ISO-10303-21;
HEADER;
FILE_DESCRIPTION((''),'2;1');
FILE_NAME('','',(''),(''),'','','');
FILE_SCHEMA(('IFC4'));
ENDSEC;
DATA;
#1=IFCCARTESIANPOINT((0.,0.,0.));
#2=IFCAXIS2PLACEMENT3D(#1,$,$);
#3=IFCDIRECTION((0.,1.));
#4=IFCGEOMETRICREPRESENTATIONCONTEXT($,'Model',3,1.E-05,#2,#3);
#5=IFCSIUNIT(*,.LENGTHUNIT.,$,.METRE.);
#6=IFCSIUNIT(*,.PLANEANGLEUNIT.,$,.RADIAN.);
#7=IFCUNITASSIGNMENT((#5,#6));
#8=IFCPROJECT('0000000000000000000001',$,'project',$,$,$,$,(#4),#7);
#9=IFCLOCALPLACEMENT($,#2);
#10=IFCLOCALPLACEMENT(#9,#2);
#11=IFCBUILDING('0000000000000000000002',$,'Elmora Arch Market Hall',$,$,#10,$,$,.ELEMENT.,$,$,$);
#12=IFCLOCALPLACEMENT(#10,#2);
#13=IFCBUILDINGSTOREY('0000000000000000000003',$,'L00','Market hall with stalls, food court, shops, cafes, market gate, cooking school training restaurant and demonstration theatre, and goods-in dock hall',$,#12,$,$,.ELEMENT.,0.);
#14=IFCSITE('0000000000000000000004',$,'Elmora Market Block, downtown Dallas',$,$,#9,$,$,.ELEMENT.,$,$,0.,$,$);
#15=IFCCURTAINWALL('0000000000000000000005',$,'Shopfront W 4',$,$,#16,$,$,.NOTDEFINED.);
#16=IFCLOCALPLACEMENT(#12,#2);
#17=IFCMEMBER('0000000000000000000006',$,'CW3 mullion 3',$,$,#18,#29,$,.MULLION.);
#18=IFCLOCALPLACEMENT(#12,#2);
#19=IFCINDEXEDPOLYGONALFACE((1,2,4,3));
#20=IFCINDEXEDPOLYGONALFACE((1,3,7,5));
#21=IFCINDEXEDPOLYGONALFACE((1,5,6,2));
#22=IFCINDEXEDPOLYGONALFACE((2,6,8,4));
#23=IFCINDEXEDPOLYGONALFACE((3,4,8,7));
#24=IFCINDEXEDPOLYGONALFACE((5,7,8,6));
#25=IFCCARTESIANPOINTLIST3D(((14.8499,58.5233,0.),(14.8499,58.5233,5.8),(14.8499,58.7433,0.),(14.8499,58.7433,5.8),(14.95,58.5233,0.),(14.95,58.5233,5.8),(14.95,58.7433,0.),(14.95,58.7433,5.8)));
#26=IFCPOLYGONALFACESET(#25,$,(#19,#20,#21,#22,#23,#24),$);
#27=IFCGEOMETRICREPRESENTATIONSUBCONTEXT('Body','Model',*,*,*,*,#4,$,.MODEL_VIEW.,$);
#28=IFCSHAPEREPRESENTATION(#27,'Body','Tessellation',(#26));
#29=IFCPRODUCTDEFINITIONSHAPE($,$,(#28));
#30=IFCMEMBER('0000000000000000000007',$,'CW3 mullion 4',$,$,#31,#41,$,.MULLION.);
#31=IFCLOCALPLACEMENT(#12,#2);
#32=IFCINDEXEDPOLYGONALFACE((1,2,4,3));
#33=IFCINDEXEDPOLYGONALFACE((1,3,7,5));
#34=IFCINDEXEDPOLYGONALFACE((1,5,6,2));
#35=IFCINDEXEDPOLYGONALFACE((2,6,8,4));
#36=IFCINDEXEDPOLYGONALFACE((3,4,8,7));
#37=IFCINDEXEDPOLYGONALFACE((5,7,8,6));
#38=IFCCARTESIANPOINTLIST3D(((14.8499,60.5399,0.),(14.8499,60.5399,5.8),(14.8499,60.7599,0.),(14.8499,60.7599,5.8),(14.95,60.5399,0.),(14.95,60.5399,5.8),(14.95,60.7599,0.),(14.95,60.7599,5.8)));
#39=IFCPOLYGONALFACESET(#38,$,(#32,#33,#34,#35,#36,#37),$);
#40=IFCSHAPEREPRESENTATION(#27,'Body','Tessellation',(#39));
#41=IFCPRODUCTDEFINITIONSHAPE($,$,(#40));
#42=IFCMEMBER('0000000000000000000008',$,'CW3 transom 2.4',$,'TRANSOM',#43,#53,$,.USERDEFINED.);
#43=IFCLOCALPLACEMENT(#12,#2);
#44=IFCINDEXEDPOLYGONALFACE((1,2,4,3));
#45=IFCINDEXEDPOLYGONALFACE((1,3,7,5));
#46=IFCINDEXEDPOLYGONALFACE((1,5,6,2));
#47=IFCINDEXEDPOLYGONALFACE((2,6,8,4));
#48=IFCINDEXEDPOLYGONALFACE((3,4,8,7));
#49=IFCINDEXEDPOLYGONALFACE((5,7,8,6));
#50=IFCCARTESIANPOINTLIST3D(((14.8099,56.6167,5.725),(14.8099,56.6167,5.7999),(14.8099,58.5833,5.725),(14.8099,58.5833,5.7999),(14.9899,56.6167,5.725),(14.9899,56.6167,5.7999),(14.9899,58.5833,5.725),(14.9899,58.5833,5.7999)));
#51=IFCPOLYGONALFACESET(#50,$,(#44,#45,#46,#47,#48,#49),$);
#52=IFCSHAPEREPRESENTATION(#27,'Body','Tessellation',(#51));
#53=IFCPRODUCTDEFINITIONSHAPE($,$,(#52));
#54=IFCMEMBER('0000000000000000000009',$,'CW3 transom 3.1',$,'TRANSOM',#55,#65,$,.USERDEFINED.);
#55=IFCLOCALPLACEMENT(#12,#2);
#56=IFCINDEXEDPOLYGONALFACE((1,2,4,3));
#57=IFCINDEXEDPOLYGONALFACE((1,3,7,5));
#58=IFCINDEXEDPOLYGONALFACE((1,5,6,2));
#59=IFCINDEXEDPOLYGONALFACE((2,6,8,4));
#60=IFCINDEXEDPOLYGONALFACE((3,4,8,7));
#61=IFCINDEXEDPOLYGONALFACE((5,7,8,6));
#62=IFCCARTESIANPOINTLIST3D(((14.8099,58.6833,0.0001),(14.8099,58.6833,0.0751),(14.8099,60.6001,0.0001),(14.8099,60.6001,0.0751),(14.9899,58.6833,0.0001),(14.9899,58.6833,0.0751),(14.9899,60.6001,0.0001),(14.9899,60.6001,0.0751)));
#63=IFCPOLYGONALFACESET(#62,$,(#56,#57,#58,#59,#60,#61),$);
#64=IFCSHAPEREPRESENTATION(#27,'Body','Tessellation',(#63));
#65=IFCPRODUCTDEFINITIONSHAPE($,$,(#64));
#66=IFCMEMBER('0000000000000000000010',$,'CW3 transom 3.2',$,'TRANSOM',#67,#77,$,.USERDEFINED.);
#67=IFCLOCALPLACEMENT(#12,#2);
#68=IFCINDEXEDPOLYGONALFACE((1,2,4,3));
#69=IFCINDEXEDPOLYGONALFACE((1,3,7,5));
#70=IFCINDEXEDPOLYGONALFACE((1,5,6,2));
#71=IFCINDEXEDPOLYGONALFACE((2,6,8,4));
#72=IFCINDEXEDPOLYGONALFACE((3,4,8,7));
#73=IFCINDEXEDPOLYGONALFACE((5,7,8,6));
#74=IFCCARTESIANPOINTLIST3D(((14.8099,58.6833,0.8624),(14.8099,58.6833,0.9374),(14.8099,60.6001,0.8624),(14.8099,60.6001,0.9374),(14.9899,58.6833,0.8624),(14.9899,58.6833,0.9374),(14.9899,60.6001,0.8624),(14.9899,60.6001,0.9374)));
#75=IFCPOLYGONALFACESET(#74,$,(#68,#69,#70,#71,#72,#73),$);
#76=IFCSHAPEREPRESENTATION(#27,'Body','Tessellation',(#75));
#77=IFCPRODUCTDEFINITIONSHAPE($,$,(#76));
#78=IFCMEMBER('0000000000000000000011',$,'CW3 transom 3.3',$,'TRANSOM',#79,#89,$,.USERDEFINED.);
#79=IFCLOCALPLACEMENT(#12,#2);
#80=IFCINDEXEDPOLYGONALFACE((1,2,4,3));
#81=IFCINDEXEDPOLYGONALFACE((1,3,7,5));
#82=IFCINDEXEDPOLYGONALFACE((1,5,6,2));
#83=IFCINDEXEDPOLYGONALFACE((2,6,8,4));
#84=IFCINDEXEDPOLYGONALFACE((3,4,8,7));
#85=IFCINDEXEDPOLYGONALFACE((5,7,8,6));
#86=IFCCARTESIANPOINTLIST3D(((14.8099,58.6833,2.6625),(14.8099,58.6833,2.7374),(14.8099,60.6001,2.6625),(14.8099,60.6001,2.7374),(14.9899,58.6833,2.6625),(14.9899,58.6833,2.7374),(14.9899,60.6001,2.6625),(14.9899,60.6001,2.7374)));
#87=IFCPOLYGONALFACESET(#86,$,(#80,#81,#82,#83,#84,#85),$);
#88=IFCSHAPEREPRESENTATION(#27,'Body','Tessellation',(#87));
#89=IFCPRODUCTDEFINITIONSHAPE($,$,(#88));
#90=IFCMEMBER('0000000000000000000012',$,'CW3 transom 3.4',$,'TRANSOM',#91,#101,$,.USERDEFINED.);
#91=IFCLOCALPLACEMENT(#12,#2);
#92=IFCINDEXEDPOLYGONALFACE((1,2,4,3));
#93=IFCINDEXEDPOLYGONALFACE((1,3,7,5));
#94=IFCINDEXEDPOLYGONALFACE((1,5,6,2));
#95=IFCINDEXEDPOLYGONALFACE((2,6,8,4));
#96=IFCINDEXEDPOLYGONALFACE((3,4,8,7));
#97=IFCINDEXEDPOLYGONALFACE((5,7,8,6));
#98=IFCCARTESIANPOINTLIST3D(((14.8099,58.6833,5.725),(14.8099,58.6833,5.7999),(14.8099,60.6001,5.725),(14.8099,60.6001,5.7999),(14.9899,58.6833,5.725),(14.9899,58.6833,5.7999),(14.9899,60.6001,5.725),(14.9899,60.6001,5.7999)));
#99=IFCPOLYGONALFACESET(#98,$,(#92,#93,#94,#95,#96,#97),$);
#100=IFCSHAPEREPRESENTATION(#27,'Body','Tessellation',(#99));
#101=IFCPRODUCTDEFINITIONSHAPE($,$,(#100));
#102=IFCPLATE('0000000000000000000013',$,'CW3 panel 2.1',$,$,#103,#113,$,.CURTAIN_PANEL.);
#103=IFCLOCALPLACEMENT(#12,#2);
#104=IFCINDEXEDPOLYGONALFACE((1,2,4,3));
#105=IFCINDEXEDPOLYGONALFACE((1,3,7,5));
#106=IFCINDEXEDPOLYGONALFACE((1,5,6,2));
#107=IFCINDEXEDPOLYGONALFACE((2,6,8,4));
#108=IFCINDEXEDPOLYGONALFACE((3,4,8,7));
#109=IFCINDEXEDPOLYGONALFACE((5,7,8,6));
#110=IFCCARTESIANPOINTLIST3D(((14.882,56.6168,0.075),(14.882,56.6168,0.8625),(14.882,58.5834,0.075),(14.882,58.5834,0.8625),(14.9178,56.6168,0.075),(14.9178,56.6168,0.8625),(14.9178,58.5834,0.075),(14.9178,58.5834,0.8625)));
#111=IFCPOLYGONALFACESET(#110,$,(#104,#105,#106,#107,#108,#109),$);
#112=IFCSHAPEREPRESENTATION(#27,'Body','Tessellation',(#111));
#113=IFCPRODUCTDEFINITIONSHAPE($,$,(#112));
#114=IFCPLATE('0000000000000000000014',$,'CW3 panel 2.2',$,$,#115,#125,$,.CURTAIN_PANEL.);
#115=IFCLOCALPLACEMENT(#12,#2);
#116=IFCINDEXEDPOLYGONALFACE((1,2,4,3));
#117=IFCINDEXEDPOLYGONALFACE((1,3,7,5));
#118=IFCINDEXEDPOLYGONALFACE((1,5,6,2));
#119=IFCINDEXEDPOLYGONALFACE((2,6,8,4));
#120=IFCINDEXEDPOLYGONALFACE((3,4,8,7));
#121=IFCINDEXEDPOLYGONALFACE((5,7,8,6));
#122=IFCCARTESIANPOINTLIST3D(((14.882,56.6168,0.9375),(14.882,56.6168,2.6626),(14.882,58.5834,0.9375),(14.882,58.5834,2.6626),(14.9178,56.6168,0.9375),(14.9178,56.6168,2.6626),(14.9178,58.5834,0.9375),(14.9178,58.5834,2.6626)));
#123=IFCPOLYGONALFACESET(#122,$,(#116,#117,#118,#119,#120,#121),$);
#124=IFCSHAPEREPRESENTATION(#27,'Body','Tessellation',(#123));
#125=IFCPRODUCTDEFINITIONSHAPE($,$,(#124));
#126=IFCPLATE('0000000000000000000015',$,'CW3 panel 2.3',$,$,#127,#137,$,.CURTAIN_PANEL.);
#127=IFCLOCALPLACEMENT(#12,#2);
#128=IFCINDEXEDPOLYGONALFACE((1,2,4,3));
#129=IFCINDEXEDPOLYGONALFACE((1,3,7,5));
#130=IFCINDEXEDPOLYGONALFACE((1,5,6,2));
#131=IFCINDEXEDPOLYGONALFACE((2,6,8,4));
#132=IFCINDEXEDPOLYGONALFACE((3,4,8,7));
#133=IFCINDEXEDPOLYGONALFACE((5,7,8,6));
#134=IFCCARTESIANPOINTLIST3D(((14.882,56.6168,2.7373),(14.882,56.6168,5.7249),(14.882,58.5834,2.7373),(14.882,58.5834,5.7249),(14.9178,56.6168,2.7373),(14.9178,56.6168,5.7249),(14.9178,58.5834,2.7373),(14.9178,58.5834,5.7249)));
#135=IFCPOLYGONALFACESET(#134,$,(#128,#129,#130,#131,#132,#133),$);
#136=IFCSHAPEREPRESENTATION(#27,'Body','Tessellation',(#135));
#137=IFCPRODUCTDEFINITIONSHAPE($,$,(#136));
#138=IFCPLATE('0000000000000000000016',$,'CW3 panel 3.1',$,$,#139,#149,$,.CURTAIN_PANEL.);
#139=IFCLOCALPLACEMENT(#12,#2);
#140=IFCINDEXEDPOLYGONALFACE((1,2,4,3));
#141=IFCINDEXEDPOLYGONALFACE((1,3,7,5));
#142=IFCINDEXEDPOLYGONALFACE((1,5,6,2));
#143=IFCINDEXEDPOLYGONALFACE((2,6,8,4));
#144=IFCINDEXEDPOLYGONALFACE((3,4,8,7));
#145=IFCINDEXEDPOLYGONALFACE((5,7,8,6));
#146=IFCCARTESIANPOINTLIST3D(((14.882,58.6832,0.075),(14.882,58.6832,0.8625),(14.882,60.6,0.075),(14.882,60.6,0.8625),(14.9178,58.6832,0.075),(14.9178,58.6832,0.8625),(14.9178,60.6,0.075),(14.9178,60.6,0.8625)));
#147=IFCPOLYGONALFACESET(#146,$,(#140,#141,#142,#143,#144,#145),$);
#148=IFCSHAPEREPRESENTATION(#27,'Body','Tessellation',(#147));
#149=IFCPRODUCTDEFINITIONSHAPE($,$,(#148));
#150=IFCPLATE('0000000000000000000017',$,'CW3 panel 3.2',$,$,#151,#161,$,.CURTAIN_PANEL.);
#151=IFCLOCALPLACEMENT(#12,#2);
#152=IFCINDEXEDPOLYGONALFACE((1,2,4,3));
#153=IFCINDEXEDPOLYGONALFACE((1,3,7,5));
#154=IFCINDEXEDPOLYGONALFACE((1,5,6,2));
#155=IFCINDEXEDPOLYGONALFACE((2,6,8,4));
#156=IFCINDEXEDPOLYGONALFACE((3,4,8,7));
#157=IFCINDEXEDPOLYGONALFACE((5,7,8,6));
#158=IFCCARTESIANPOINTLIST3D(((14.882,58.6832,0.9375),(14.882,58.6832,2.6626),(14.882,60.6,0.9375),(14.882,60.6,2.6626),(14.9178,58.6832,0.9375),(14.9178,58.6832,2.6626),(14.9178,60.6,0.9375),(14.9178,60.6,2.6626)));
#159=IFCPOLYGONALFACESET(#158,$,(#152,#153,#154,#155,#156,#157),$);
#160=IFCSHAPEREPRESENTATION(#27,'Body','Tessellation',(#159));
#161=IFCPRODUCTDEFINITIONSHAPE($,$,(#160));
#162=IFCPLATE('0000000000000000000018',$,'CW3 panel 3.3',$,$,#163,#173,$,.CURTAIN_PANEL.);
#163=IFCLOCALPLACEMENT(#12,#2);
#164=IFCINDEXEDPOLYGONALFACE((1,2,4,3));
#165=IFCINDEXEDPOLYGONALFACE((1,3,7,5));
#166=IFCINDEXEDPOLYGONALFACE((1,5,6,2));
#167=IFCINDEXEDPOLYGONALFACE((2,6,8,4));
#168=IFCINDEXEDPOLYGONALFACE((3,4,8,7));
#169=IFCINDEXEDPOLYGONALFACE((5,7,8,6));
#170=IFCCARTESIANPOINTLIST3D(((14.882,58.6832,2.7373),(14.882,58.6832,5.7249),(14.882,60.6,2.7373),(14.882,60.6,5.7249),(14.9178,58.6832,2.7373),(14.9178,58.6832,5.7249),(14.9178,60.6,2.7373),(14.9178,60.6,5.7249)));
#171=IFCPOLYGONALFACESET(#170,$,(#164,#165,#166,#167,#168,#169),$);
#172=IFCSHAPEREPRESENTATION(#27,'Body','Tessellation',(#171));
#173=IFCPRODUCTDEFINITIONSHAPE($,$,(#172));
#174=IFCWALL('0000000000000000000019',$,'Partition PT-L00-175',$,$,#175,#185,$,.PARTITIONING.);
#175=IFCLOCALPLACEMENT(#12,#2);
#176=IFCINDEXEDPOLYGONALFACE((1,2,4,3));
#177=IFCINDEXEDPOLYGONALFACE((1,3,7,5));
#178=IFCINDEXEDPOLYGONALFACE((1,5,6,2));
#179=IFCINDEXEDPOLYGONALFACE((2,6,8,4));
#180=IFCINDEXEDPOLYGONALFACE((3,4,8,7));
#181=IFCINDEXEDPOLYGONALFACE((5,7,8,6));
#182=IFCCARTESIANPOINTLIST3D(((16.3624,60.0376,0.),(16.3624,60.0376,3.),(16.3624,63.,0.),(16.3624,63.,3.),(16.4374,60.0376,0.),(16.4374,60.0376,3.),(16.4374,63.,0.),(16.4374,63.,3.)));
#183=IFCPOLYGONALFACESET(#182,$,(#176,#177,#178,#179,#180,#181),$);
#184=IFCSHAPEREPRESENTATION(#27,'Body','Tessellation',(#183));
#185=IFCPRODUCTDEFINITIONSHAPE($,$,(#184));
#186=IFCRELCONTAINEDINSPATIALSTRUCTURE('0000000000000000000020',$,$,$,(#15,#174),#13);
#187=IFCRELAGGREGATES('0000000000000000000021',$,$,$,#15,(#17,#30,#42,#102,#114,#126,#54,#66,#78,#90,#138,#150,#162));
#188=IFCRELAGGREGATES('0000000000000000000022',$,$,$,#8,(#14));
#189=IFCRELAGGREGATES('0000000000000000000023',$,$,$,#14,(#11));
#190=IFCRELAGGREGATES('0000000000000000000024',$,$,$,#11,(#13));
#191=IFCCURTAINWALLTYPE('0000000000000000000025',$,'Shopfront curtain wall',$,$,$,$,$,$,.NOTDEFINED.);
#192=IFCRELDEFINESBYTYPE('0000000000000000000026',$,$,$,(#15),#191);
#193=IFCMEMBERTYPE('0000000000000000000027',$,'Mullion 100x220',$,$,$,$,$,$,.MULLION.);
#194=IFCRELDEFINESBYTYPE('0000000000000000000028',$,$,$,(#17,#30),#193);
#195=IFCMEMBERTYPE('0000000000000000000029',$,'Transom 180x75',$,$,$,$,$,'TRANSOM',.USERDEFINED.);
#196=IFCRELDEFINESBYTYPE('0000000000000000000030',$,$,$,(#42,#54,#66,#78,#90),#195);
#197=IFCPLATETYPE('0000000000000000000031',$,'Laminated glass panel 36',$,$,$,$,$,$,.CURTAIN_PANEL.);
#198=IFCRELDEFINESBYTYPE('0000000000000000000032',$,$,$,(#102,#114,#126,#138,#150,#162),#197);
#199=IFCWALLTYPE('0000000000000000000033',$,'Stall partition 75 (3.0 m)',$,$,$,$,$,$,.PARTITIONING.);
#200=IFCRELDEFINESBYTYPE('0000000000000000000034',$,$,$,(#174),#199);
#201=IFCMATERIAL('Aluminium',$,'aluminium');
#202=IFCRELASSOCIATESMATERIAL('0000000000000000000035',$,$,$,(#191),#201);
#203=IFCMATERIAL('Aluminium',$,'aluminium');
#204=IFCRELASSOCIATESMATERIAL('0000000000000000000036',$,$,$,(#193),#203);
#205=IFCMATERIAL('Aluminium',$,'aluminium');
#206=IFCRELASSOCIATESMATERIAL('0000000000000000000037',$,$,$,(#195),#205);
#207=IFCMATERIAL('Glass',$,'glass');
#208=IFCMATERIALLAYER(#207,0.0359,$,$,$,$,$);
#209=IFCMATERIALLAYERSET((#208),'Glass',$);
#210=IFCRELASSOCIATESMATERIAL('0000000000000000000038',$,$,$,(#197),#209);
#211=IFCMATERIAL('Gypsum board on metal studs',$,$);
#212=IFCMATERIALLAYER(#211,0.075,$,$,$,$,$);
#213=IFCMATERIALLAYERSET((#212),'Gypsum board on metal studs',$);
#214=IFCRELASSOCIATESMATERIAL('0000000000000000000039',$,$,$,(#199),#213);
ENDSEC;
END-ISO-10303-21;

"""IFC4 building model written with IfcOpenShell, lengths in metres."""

from ifc_helpers import new_model, si_unit, direction, frame, frame_2d, origin, origin_2d, place, context, subcontext, project, spatial, rectangle, extrude, material, layer, layer_set, material_profile, profile_set, type_object, element, aggregate, save


model = new_model("IFC4")

# Units and contexts
model_context = context("Model", 3, precision=1e-05, world=origin(), true_north=direction((0.0, 1.0)))
body_context = subcontext(model_context, "Body", "Model", "MODEL_VIEW")
ifc_project = project(units=[si_unit("LENGTHUNIT", "METRE"), si_unit("PLANEANGLEUNIT", "RADIAN")], contexts=[model_context])

# Site, building, storey
site_placement = place(None, origin())
site = spatial("IfcSite", under=ifc_project, at=site_placement, Name="Elmora Market Block, downtown Dallas", CompositionType="ELEMENT", RefElevation=0.0)
building_placement = place(site_placement, origin())
building = spatial("IfcBuilding", under=site, at=building_placement, Name="Elmora Arch Market Hall", CompositionType="ELEMENT")
storey_placement = place(building_placement, origin())
storey = spatial("IfcBuildingStorey", under=building, at=storey_placement, Name="L00", Description="Market hall with stalls, food court, shops, cafes, market gate, cooking school training restaurant and demonstration theatre, and goods-in dock hall", CompositionType="ELEMENT", Elevation=0.0)

# Curtain wall, members, plates
ifc_material_1 = material(Name="Aluminium", Category="aluminium")
curtain_wall_type = type_object("IfcCurtainWallType", Name="Shopfront curtain wall", PredefinedType="NOTDEFINED", material=ifc_material_1)
curtain_wall_placement = place(storey_placement, origin())
curtain_wall = element("IfcCurtainWall", 1, at=curtain_wall_placement, inside=storey, type_object=curtain_wall_type, Name="Shopfront W 4", PredefinedType="NOTDEFINED")
ifc_material_2 = material(Name="Aluminium", Category="aluminium")
ifc_material_profile_1 = material_profile(ifc_material_2, rectangle(XDim=0.1001, YDim=0.22, at=origin_2d()), Name="AL 100x220")
ifc_profile_set_1 = profile_set([ifc_material_profile_1], Name="Aluminium")
member_type_1 = type_object("IfcMemberType", Name="Mullion 100x220", PredefinedType="MULLION", material=ifc_profile_set_1)
member_1_placement = place(storey_placement, frame((14.8999, 58.6333, 0.0), z_axis=(0.0, 0.0, 1.0), x_axis=(-1.0, 0.0, 0.0)))
member_1 = element("IfcMember", 2, at=member_1_placement, type_object=member_type_1, Name="CW3 mullion 3", PredefinedType="MULLION", context=body_context, shape_type="SweptSolid", body=[
    extrude(rectangle(XDim=0.1001, YDim=0.22, at=origin_2d()), origin(), (0.0, 0.0, 1.0), 5.8),
])
member_2_placement = place(storey_placement, frame((14.8999, 60.6499, 0.0), z_axis=(0.0, 0.0, 1.0), x_axis=(-1.0, 0.0, 0.0)))
member_2 = element("IfcMember", 3, at=member_2_placement, type_object=member_type_1, Name="CW3 mullion 4", PredefinedType="MULLION", context=body_context, shape_type="SweptSolid", body=[
    extrude(rectangle(XDim=0.1001, YDim=0.22, at=origin_2d()), origin(), (0.0, 0.0, 1.0), 5.8),
])
ifc_material_3 = material(Name="Aluminium", Category="aluminium")
ifc_material_profile_2 = material_profile(ifc_material_3, rectangle(XDim=0.1799, YDim=0.075, at=origin_2d()), Name="AL 180x75")
ifc_profile_set_2 = profile_set([ifc_material_profile_2], Name="Aluminium")
member_type_2 = type_object("IfcMemberType", Name="Transom 180x75", ElementType="TRANSOM", PredefinedType="USERDEFINED", material=ifc_profile_set_2)
member_3_placement = place(storey_placement, frame((14.8999, 56.6167, 5.7625), z_axis=(0.0, 1.0, 0.0), x_axis=(-1.0, 0.0, 0.0)))
member_3 = element("IfcMember", 4, at=member_3_placement, type_object=member_type_2, Name="CW3 transom 2.4", ObjectType="TRANSOM", PredefinedType="USERDEFINED", context=body_context, shape_type="SweptSolid", body=[
    extrude(rectangle(XDim=0.1799, YDim=0.075, at=origin_2d()), origin(), (0.0, 0.0, 1.0), 1.9666),
])
member_4_placement = place(storey_placement, frame((14.8999, 58.6833, 0.0376), z_axis=(0.0, 1.0, 0.0), x_axis=(-1.0, 0.0, 0.0)))
member_4 = element("IfcMember", 5, at=member_4_placement, type_object=member_type_2, Name="CW3 transom 3.1", ObjectType="TRANSOM", PredefinedType="USERDEFINED", context=body_context, shape_type="SweptSolid", body=[
    extrude(rectangle(XDim=0.1799, YDim=0.075, at=origin_2d()), origin(), (0.0, 0.0, 1.0), 1.9167),
])
member_5_placement = place(storey_placement, frame((14.8999, 58.6833, 0.8999), z_axis=(0.0, 1.0, 0.0), x_axis=(-1.0, 0.0, 0.0)))
member_5 = element("IfcMember", 6, at=member_5_placement, type_object=member_type_2, Name="CW3 transom 3.2", ObjectType="TRANSOM", PredefinedType="USERDEFINED", context=body_context, shape_type="SweptSolid", body=[
    extrude(rectangle(XDim=0.1799, YDim=0.075, at=origin_2d()), origin(), (0.0, 0.0, 1.0), 1.9167),
])
member_6_placement = place(storey_placement, frame((14.8999, 58.6833, 2.7), z_axis=(0.0, 1.0, 0.0), x_axis=(-1.0, 0.0, 0.0)))
member_6 = element("IfcMember", 7, at=member_6_placement, type_object=member_type_2, Name="CW3 transom 3.3", ObjectType="TRANSOM", PredefinedType="USERDEFINED", context=body_context, shape_type="SweptSolid", body=[
    extrude(rectangle(XDim=0.1799, YDim=0.075, at=origin_2d()), origin(), (0.0, 0.0, 1.0), 1.9167),
])
member_7_placement = place(storey_placement, frame((14.8999, 58.6833, 5.7625), z_axis=(0.0, 1.0, 0.0), x_axis=(-1.0, 0.0, 0.0)))
member_7 = element("IfcMember", 8, at=member_7_placement, type_object=member_type_2, Name="CW3 transom 3.4", ObjectType="TRANSOM", PredefinedType="USERDEFINED", context=body_context, shape_type="SweptSolid", body=[
    extrude(rectangle(XDim=0.1799, YDim=0.075, at=origin_2d()), origin(), (0.0, 0.0, 1.0), 1.9167),
])
ifc_material_4 = material(Name="Glass", Category="glass")
ifc_layer_1 = layer(ifc_material_4, 0.0359)
ifc_layer_set_1 = layer_set([ifc_layer_1], Name="Glass")
plate_type = type_object("IfcPlateType", Name="Laminated glass panel 36", PredefinedType="CURTAIN_PANEL", material=ifc_layer_set_1)
plate_1_placement = place(storey_placement, frame((14.8999, 57.6001, 0.075), z_axis=(0.0, 0.0, 1.0), x_axis=(0.0, 1.0, 0.0)))
plate_1 = element("IfcPlate", 9, at=plate_1_placement, type_object=plate_type, Name="CW3 panel 2.1", PredefinedType="CURTAIN_PANEL", context=body_context, shape_type="SweptSolid", body=[
    extrude(rectangle(XDim=1.9666, YDim=0.0359, at=origin_2d()), origin(), (0.0, 0.0, 1.0), 0.7876),
])
plate_2_placement = place(storey_placement, frame((14.8999, 57.6001, 0.9375), z_axis=(0.0, 0.0, 1.0), x_axis=(0.0, 1.0, 0.0)))
plate_2 = element("IfcPlate", 10, at=plate_2_placement, type_object=plate_type, Name="CW3 panel 2.2", PredefinedType="CURTAIN_PANEL", context=body_context, shape_type="SweptSolid", body=[
    extrude(rectangle(XDim=1.9666, YDim=0.0359, at=origin_2d()), origin(), (0.0, 0.0, 1.0), 1.7251),
])
plate_3_placement = place(storey_placement, frame((14.8999, 57.6001, 2.7373), z_axis=(0.0, 0.0, 1.0), x_axis=(0.0, 1.0, 0.0)))
plate_3 = element("IfcPlate", 11, at=plate_3_placement, type_object=plate_type, Name="CW3 panel 2.3", PredefinedType="CURTAIN_PANEL", context=body_context, shape_type="SweptSolid", body=[
    extrude(rectangle(XDim=1.9666, YDim=0.0359, at=origin_2d()), origin(), (0.0, 0.0, 1.0), 2.9875),
])
plate_4_placement = place(storey_placement, frame((14.8999, 59.6416, 0.075), z_axis=(0.0, 0.0, 1.0), x_axis=(0.0, 1.0, 0.0)))
plate_4 = element("IfcPlate", 12, at=plate_4_placement, type_object=plate_type, Name="CW3 panel 3.1", PredefinedType="CURTAIN_PANEL", context=body_context, shape_type="SweptSolid", body=[
    extrude(rectangle(XDim=1.9167, YDim=0.0359, at=origin_2d()), origin(), (0.0, 0.0, 1.0), 0.7876),
])
plate_5_placement = place(storey_placement, frame((14.8999, 59.6416, 0.9375), z_axis=(0.0, 0.0, 1.0), x_axis=(0.0, 1.0, 0.0)))
plate_5 = element("IfcPlate", 13, at=plate_5_placement, type_object=plate_type, Name="CW3 panel 3.2", PredefinedType="CURTAIN_PANEL", context=body_context, shape_type="SweptSolid", body=[
    extrude(rectangle(XDim=1.9167, YDim=0.0359, at=origin_2d()), origin(), (0.0, 0.0, 1.0), 1.7251),
])
plate_6_placement = place(storey_placement, frame((14.8999, 59.6416, 2.7373), z_axis=(0.0, 0.0, 1.0), x_axis=(0.0, 1.0, 0.0)))
plate_6 = element("IfcPlate", 14, at=plate_6_placement, type_object=plate_type, Name="CW3 panel 3.3", PredefinedType="CURTAIN_PANEL", context=body_context, shape_type="SweptSolid", body=[
    extrude(rectangle(XDim=1.9167, YDim=0.0359, at=origin_2d()), origin(), (0.0, 0.0, 1.0), 2.9875),
])
aggregate(curtain_wall, [member_1, member_2, member_3, plate_1, plate_2, plate_3, member_4, member_5, member_6, member_7, plate_4, plate_5, plate_6])

# Shared definitions
ifc_material_5 = material(Name="Gypsum board on metal studs")
ifc_layer_2 = layer(ifc_material_5, 0.075)
ifc_layer_set_2 = layer_set([ifc_layer_2], Name="Gypsum board on metal studs")
wall_type_1 = type_object("IfcWallType", Name="Stall partition 75 (3.0 m)", PredefinedType="PARTITIONING", material=ifc_layer_set_2)

# Wall
for number, where, z_axis, x_axis, name in (
    (15, (16.3999, 60.0376, 0.0), (0.0, 0.0, 1.0), (0.0, 1.0, 0.0), "Partition PT-L00-175"),
):
    element("IfcWall", number, at=place(storey_placement, frame(where, z_axis=z_axis, x_axis=x_axis)), inside=storey, type_object=wall_type_1, Name=name, PredefinedType="PARTITIONING", context=body_context, shape_type="SweptSolid", body=[
        extrude(rectangle(XDim=2.9624, YDim=0.075, at=frame_2d((1.4812, 0.0))), origin(), (0.0, 0.0, 1.0), 3.0),
    ])

save(model, "model.ifc")
